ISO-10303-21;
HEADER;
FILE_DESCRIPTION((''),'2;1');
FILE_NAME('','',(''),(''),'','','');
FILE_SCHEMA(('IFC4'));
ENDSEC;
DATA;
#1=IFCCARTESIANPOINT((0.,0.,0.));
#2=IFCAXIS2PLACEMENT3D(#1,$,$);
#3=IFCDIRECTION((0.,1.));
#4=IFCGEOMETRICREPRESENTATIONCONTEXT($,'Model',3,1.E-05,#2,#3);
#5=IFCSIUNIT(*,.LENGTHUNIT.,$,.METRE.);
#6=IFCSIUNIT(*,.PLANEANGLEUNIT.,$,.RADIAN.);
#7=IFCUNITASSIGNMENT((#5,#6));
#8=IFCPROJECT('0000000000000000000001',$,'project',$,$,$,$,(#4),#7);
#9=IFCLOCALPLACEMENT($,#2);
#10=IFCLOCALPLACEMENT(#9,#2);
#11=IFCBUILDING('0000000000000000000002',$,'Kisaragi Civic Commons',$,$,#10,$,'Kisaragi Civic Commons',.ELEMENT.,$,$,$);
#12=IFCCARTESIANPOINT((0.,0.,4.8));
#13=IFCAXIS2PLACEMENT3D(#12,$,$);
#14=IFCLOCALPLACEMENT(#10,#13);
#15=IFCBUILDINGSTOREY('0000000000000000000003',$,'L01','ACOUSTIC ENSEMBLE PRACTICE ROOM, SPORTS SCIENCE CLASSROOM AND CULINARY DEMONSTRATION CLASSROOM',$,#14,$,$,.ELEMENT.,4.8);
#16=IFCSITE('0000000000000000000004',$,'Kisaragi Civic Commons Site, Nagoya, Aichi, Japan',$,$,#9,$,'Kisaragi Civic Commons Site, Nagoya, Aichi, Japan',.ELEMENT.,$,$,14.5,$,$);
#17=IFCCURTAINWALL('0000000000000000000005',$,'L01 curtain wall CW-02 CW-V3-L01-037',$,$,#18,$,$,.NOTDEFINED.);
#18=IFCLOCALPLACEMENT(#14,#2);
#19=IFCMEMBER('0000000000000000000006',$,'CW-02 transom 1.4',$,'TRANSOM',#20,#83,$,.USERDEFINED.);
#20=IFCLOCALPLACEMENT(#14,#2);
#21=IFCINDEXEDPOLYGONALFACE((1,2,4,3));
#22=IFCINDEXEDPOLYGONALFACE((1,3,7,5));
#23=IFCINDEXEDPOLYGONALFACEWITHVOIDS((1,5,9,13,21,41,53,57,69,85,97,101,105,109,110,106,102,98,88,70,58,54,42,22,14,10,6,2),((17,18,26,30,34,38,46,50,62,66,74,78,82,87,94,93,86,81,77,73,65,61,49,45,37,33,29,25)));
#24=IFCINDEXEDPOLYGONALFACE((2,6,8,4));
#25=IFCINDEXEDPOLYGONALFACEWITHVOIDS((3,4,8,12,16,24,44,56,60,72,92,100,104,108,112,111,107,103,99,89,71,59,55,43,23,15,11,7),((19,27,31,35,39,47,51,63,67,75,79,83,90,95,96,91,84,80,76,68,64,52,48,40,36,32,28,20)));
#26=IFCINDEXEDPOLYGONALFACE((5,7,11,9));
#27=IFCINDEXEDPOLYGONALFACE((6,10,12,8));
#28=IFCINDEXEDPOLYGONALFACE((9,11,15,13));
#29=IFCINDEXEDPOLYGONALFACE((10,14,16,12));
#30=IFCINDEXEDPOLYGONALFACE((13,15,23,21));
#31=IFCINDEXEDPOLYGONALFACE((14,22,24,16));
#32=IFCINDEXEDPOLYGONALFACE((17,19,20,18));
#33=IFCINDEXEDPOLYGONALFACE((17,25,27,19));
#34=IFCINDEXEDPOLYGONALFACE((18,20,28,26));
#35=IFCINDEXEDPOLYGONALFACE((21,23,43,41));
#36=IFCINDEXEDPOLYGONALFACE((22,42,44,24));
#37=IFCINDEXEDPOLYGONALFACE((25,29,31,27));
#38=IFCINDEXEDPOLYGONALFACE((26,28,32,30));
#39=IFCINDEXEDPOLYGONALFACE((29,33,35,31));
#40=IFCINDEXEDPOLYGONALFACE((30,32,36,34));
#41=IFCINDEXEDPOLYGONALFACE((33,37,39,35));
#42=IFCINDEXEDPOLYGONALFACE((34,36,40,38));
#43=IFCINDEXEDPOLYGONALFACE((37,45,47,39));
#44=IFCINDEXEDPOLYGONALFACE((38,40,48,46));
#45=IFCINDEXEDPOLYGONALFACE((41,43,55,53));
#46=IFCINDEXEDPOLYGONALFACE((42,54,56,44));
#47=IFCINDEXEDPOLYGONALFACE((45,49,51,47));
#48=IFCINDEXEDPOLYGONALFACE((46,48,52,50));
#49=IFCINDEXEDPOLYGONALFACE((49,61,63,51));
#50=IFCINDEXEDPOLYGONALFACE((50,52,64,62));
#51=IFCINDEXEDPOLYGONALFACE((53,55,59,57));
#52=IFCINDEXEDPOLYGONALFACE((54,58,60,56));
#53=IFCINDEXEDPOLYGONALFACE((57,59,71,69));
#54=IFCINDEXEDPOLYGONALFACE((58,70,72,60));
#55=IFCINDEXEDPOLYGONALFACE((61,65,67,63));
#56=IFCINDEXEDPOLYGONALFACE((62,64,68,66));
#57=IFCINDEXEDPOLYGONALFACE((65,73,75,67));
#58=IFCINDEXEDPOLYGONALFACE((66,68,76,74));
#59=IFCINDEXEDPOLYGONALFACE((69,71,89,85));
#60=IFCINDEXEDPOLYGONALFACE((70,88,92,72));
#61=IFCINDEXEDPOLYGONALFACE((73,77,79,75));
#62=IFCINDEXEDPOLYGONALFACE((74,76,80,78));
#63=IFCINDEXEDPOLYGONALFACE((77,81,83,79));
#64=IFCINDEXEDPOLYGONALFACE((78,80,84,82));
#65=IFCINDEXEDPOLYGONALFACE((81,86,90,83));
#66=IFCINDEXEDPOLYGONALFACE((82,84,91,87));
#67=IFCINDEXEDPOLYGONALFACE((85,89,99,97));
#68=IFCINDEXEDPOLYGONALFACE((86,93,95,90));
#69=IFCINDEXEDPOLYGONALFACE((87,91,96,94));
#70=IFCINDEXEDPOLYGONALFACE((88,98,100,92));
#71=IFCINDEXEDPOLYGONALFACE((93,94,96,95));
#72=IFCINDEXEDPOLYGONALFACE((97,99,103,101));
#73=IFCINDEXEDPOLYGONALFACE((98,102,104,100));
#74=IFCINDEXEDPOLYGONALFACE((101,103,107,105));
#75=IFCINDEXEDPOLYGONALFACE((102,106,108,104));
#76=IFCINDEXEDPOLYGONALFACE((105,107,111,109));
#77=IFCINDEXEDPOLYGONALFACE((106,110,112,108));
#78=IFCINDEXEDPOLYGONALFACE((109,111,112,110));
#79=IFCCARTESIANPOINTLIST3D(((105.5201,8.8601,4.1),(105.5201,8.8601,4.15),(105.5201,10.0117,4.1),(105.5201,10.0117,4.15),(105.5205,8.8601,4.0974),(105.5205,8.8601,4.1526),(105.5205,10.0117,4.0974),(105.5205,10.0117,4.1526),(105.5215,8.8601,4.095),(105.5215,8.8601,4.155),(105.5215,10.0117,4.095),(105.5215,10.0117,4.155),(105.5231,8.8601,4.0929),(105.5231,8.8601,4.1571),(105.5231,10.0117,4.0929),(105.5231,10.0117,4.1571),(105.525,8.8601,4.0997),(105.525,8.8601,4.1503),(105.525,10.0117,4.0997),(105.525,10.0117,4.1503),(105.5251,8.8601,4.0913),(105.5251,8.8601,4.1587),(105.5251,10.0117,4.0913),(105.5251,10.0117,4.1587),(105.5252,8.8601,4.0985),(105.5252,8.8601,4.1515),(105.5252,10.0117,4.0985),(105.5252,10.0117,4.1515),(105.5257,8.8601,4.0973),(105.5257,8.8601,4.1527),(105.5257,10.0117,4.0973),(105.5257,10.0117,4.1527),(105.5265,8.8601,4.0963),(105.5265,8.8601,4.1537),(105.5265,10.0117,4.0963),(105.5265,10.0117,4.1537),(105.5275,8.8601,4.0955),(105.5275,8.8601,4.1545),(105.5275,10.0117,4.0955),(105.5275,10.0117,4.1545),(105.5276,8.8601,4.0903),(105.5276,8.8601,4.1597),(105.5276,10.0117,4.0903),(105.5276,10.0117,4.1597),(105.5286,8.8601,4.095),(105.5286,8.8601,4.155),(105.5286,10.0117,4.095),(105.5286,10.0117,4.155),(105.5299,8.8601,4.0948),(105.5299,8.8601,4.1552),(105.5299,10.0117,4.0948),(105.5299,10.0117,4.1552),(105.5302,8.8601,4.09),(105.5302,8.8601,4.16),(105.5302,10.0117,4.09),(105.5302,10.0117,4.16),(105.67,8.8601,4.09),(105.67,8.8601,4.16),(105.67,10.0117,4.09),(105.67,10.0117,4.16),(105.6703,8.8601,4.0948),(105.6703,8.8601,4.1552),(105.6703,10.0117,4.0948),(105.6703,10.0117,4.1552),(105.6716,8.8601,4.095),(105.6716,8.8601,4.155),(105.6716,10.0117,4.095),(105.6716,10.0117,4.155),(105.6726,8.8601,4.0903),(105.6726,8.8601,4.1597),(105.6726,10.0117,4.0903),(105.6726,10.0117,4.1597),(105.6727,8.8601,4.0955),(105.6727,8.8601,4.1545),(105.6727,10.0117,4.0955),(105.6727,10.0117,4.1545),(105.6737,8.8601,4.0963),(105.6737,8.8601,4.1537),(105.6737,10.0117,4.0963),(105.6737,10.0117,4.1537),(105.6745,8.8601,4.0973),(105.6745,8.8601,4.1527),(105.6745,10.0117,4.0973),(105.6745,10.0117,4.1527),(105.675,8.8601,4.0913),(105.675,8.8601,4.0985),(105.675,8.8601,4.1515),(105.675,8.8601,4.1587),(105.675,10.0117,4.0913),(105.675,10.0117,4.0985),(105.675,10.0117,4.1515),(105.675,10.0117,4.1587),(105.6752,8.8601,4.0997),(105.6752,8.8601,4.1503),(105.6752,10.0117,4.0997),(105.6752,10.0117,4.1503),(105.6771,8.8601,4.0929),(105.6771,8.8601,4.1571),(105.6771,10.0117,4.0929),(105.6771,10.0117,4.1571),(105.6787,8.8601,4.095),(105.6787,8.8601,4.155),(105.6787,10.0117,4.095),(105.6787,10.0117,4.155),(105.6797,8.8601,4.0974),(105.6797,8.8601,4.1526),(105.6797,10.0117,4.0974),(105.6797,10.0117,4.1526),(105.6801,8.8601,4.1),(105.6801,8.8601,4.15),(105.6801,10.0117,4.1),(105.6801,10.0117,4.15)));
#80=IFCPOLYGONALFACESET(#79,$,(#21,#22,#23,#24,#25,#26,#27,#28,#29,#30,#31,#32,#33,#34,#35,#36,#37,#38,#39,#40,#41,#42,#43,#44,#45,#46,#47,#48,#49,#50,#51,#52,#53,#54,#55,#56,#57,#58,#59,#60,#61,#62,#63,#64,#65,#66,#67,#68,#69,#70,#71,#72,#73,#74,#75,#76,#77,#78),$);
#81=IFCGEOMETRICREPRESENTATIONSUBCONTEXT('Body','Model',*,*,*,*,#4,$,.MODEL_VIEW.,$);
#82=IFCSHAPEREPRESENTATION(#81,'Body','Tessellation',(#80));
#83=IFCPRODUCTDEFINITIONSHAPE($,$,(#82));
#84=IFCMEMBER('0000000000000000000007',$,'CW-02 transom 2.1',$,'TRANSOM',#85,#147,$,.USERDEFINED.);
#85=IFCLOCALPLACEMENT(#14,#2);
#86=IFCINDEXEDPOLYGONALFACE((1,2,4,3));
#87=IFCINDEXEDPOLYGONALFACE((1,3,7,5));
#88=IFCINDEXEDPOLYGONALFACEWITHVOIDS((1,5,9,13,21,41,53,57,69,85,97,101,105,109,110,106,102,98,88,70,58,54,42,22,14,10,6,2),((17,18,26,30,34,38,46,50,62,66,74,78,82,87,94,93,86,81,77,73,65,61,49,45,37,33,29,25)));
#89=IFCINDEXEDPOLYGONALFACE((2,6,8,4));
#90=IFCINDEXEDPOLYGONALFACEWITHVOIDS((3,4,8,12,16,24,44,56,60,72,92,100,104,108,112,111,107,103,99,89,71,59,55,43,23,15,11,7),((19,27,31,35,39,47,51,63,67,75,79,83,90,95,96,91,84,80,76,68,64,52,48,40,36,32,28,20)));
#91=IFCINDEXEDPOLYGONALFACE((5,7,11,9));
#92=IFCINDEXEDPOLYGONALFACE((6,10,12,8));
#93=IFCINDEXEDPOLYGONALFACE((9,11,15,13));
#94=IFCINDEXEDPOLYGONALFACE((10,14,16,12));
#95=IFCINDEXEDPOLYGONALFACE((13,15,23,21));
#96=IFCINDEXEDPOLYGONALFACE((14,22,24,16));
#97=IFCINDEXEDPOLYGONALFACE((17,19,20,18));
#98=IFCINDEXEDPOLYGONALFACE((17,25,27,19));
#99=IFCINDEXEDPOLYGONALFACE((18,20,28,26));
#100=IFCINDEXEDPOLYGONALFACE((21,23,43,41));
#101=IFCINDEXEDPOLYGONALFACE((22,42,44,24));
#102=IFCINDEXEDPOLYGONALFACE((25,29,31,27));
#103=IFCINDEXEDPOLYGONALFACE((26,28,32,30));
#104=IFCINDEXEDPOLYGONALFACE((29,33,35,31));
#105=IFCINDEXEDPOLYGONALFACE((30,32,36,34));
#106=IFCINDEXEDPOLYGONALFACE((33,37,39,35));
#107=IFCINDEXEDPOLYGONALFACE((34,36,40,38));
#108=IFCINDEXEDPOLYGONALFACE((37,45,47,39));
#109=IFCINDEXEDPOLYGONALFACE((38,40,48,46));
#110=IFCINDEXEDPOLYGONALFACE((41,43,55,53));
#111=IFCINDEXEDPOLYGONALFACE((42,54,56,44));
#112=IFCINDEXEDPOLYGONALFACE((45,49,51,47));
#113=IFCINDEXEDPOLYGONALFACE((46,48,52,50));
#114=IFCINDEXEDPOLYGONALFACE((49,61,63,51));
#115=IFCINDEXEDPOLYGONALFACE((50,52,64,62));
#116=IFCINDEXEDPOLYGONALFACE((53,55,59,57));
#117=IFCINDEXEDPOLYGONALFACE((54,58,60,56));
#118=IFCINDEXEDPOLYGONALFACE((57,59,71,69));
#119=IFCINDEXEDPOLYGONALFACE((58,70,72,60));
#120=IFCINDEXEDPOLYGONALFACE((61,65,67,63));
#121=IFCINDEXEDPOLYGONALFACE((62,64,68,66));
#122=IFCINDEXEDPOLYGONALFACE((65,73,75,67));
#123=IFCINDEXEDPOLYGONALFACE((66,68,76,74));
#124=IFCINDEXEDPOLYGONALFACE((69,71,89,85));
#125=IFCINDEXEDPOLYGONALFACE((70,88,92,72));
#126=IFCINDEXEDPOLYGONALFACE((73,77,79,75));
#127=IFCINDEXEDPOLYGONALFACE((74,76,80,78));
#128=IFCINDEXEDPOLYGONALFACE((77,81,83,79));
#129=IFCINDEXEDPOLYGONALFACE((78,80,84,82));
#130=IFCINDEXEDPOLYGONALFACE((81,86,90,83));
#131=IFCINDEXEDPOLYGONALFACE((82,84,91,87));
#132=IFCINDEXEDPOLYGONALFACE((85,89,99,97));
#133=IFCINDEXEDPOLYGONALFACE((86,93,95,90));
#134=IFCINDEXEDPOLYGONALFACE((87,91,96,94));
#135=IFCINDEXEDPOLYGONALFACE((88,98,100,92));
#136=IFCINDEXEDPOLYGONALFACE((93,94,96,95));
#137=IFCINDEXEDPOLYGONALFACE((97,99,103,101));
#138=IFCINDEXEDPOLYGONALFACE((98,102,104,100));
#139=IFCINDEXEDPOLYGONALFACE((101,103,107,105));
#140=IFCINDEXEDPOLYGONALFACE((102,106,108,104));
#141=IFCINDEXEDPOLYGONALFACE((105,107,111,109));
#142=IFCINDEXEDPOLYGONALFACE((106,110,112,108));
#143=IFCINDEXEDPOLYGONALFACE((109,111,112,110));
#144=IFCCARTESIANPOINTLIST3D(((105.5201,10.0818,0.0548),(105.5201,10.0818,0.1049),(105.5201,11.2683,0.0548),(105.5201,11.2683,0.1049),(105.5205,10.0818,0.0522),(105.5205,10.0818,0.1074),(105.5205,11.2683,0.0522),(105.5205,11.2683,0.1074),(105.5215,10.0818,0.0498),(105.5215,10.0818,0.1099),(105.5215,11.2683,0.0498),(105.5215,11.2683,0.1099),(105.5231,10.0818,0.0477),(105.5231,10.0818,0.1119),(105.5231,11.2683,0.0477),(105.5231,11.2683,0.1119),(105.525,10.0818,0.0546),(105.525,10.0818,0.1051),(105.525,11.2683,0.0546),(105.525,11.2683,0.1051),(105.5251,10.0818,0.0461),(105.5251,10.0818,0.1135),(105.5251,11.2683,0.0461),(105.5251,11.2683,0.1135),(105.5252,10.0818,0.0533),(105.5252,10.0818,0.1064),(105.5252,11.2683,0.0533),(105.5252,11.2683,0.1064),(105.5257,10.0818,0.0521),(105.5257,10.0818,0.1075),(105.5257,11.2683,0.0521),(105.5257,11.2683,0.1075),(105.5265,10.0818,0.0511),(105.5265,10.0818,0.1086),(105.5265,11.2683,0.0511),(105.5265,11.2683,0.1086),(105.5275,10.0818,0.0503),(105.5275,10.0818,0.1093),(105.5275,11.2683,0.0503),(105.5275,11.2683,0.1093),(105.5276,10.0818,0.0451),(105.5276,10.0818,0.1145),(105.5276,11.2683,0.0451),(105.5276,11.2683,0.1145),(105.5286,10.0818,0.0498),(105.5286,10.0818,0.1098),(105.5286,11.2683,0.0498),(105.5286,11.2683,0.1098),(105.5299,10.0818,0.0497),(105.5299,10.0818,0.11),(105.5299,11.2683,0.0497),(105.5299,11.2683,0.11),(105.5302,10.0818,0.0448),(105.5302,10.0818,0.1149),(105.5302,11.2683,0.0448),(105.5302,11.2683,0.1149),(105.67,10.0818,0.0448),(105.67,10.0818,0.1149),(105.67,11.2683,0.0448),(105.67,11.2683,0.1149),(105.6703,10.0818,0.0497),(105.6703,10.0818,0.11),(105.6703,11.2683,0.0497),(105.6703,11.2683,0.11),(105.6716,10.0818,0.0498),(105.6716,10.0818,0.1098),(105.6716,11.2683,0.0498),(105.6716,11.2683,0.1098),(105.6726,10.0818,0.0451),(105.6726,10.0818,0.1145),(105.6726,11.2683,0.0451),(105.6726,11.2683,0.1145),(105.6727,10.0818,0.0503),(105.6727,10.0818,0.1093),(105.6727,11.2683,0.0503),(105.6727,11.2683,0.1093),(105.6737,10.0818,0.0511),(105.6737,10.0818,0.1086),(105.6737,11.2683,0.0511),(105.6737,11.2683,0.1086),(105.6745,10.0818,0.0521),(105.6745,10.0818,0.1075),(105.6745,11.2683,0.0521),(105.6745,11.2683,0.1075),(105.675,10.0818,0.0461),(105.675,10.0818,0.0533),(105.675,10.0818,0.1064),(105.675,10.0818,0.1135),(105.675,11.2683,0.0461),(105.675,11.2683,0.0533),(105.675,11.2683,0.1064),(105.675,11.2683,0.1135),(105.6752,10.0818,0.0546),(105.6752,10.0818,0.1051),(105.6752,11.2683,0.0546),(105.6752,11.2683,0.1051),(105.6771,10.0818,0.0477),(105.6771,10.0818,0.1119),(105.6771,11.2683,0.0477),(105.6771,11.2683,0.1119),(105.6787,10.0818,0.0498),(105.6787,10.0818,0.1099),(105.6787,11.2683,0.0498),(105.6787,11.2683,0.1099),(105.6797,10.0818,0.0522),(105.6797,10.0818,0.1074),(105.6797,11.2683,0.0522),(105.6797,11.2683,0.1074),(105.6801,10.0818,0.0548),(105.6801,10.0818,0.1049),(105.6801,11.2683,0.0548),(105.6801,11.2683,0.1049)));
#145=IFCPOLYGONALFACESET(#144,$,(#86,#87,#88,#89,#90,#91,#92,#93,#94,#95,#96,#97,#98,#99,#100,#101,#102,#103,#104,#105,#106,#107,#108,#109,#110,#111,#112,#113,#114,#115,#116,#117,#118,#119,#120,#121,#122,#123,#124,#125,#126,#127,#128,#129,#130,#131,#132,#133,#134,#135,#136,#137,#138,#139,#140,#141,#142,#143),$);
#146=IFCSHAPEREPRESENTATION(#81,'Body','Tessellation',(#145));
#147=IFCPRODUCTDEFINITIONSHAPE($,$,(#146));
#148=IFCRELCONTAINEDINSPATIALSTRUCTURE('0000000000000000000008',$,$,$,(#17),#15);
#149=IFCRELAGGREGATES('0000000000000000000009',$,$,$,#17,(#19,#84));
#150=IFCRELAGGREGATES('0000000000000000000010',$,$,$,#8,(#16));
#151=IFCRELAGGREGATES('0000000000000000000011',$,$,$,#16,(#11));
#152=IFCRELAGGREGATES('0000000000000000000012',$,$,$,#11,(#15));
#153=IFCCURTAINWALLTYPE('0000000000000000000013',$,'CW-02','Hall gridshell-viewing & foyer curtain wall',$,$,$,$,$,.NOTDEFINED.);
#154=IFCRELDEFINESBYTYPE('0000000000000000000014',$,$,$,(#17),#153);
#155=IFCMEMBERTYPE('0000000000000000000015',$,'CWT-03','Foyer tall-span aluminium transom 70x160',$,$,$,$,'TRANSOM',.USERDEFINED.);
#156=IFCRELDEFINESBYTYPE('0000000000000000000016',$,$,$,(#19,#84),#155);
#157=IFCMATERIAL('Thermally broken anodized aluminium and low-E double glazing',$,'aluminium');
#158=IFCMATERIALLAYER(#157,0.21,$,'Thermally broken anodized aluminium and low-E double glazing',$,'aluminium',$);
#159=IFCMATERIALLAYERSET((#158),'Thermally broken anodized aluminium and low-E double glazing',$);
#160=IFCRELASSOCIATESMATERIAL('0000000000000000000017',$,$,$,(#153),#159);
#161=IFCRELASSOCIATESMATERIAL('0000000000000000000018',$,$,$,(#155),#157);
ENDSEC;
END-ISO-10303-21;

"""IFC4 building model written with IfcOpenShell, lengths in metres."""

from ifc_helpers import new_model, si_unit, direction, frame, origin, origin_2d, place, context, subcontext, project, spatial, hollow_rectangle, extrude, material, layer, layer_set, material_profile, profile_set, type_object, element, aggregate, save


model = new_model("IFC4")

# Units and contexts
model_context = context("Model", 3, precision=1e-05, world=origin(), true_north=direction((0.0, 1.0)))
body_context = subcontext(model_context, "Body", "Model", "MODEL_VIEW")
ifc_project = project(units=[si_unit("LENGTHUNIT", "METRE"), si_unit("PLANEANGLEUNIT", "RADIAN")], contexts=[model_context])

# Site, building, storey
site_placement = place(None, origin())
site = spatial("IfcSite", under=ifc_project, at=site_placement, Name="Kisaragi Civic Commons Site, Nagoya, Aichi, Japan", LongName="Kisaragi Civic Commons Site, Nagoya, Aichi, Japan", CompositionType="ELEMENT", RefElevation=14.5)
building_placement = place(site_placement, origin())
building = spatial("IfcBuilding", under=site, at=building_placement, Name="Kisaragi Civic Commons", LongName="Kisaragi Civic Commons", CompositionType="ELEMENT")
storey_placement = place(building_placement, frame((0.0, 0.0, 4.8)))
storey = spatial("IfcBuildingStorey", under=building, at=storey_placement, Name="L01", Description="ACOUSTIC ENSEMBLE PRACTICE ROOM, SPORTS SCIENCE CLASSROOM AND CULINARY DEMONSTRATION CLASSROOM", CompositionType="ELEMENT", Elevation=4.8)

# Curtain wall, members
ifc_material = material(Name="Thermally broken anodized aluminium and low-E double glazing", Category="aluminium")
ifc_layer_1 = layer(ifc_material, 0.21, Name="Thermally broken anodized aluminium and low-E double glazing", Category="aluminium")
ifc_layer_set_1 = layer_set([ifc_layer_1], Name="Thermally broken anodized aluminium and low-E double glazing")
curtain_wall_type = type_object("IfcCurtainWallType", Name="CW-02", Description="Hall gridshell-viewing & foyer curtain wall", PredefinedType="NOTDEFINED", material=ifc_layer_set_1)
curtain_wall_placement = place(storey_placement, origin())
curtain_wall = element("IfcCurtainWall", 1, at=curtain_wall_placement, inside=storey, type_object=curtain_wall_type, Name="L01 curtain wall CW-02 CW-V3-L01-037", PredefinedType="NOTDEFINED")
ifc_material_profile_1 = material_profile(ifc_material, hollow_rectangle(XDim=0.1599, YDim=0.0701, WallThickness=0.0049, InnerFilletRadius=0.0049, OuterFilletRadius=0.01, at=origin_2d()), Name="CWT-70x160x5", Category="aluminium")
ifc_profile_set_1 = profile_set([ifc_material_profile_1], Name="Thermally broken anodized aluminium and low-E double glazing")
member_type_1 = type_object("IfcMemberType", Name="CWT-03", Description="Foyer tall-span aluminium transom 70x160", ElementType="TRANSOM", PredefinedType="USERDEFINED", material=ifc_profile_set_1)
member_1_placement = place(storey_placement, frame((105.6001, 8.8601, 4.125), z_axis=(0.0, 1.0, 0.0), x_axis=(-1.0, 0.0, 0.0)))
member_1 = element("IfcMember", 2, at=member_1_placement, type_object=member_type_1, Name="CW-02 transom 1.4", ObjectType="TRANSOM", PredefinedType="USERDEFINED", context=body_context, shape_type="SweptSolid", body=[
    extrude(hollow_rectangle(XDim=0.1599, YDim=0.0701, WallThickness=0.0049, InnerFilletRadius=0.0049, OuterFilletRadius=0.01, at=origin_2d()), origin(), (0.0, 0.0, 1.0), 1.1516),
])
member_2_placement = place(storey_placement, frame((105.6001, 10.0818, 0.0798), z_axis=(0.0, 1.0, 0.0), x_axis=(-1.0, 0.0, 0.0)))
member_2 = element("IfcMember", 3, at=member_2_placement, type_object=member_type_1, Name="CW-02 transom 2.1", ObjectType="TRANSOM", PredefinedType="USERDEFINED", context=body_context, shape_type="SweptSolid", body=[
    extrude(hollow_rectangle(XDim=0.1599, YDim=0.0701, WallThickness=0.0049, InnerFilletRadius=0.0049, OuterFilletRadius=0.01, at=origin_2d()), origin(), (0.0, 0.0, 1.0), 1.1865),
])
aggregate(curtain_wall, [member_1, member_2])

save(model, "model.ifc")
